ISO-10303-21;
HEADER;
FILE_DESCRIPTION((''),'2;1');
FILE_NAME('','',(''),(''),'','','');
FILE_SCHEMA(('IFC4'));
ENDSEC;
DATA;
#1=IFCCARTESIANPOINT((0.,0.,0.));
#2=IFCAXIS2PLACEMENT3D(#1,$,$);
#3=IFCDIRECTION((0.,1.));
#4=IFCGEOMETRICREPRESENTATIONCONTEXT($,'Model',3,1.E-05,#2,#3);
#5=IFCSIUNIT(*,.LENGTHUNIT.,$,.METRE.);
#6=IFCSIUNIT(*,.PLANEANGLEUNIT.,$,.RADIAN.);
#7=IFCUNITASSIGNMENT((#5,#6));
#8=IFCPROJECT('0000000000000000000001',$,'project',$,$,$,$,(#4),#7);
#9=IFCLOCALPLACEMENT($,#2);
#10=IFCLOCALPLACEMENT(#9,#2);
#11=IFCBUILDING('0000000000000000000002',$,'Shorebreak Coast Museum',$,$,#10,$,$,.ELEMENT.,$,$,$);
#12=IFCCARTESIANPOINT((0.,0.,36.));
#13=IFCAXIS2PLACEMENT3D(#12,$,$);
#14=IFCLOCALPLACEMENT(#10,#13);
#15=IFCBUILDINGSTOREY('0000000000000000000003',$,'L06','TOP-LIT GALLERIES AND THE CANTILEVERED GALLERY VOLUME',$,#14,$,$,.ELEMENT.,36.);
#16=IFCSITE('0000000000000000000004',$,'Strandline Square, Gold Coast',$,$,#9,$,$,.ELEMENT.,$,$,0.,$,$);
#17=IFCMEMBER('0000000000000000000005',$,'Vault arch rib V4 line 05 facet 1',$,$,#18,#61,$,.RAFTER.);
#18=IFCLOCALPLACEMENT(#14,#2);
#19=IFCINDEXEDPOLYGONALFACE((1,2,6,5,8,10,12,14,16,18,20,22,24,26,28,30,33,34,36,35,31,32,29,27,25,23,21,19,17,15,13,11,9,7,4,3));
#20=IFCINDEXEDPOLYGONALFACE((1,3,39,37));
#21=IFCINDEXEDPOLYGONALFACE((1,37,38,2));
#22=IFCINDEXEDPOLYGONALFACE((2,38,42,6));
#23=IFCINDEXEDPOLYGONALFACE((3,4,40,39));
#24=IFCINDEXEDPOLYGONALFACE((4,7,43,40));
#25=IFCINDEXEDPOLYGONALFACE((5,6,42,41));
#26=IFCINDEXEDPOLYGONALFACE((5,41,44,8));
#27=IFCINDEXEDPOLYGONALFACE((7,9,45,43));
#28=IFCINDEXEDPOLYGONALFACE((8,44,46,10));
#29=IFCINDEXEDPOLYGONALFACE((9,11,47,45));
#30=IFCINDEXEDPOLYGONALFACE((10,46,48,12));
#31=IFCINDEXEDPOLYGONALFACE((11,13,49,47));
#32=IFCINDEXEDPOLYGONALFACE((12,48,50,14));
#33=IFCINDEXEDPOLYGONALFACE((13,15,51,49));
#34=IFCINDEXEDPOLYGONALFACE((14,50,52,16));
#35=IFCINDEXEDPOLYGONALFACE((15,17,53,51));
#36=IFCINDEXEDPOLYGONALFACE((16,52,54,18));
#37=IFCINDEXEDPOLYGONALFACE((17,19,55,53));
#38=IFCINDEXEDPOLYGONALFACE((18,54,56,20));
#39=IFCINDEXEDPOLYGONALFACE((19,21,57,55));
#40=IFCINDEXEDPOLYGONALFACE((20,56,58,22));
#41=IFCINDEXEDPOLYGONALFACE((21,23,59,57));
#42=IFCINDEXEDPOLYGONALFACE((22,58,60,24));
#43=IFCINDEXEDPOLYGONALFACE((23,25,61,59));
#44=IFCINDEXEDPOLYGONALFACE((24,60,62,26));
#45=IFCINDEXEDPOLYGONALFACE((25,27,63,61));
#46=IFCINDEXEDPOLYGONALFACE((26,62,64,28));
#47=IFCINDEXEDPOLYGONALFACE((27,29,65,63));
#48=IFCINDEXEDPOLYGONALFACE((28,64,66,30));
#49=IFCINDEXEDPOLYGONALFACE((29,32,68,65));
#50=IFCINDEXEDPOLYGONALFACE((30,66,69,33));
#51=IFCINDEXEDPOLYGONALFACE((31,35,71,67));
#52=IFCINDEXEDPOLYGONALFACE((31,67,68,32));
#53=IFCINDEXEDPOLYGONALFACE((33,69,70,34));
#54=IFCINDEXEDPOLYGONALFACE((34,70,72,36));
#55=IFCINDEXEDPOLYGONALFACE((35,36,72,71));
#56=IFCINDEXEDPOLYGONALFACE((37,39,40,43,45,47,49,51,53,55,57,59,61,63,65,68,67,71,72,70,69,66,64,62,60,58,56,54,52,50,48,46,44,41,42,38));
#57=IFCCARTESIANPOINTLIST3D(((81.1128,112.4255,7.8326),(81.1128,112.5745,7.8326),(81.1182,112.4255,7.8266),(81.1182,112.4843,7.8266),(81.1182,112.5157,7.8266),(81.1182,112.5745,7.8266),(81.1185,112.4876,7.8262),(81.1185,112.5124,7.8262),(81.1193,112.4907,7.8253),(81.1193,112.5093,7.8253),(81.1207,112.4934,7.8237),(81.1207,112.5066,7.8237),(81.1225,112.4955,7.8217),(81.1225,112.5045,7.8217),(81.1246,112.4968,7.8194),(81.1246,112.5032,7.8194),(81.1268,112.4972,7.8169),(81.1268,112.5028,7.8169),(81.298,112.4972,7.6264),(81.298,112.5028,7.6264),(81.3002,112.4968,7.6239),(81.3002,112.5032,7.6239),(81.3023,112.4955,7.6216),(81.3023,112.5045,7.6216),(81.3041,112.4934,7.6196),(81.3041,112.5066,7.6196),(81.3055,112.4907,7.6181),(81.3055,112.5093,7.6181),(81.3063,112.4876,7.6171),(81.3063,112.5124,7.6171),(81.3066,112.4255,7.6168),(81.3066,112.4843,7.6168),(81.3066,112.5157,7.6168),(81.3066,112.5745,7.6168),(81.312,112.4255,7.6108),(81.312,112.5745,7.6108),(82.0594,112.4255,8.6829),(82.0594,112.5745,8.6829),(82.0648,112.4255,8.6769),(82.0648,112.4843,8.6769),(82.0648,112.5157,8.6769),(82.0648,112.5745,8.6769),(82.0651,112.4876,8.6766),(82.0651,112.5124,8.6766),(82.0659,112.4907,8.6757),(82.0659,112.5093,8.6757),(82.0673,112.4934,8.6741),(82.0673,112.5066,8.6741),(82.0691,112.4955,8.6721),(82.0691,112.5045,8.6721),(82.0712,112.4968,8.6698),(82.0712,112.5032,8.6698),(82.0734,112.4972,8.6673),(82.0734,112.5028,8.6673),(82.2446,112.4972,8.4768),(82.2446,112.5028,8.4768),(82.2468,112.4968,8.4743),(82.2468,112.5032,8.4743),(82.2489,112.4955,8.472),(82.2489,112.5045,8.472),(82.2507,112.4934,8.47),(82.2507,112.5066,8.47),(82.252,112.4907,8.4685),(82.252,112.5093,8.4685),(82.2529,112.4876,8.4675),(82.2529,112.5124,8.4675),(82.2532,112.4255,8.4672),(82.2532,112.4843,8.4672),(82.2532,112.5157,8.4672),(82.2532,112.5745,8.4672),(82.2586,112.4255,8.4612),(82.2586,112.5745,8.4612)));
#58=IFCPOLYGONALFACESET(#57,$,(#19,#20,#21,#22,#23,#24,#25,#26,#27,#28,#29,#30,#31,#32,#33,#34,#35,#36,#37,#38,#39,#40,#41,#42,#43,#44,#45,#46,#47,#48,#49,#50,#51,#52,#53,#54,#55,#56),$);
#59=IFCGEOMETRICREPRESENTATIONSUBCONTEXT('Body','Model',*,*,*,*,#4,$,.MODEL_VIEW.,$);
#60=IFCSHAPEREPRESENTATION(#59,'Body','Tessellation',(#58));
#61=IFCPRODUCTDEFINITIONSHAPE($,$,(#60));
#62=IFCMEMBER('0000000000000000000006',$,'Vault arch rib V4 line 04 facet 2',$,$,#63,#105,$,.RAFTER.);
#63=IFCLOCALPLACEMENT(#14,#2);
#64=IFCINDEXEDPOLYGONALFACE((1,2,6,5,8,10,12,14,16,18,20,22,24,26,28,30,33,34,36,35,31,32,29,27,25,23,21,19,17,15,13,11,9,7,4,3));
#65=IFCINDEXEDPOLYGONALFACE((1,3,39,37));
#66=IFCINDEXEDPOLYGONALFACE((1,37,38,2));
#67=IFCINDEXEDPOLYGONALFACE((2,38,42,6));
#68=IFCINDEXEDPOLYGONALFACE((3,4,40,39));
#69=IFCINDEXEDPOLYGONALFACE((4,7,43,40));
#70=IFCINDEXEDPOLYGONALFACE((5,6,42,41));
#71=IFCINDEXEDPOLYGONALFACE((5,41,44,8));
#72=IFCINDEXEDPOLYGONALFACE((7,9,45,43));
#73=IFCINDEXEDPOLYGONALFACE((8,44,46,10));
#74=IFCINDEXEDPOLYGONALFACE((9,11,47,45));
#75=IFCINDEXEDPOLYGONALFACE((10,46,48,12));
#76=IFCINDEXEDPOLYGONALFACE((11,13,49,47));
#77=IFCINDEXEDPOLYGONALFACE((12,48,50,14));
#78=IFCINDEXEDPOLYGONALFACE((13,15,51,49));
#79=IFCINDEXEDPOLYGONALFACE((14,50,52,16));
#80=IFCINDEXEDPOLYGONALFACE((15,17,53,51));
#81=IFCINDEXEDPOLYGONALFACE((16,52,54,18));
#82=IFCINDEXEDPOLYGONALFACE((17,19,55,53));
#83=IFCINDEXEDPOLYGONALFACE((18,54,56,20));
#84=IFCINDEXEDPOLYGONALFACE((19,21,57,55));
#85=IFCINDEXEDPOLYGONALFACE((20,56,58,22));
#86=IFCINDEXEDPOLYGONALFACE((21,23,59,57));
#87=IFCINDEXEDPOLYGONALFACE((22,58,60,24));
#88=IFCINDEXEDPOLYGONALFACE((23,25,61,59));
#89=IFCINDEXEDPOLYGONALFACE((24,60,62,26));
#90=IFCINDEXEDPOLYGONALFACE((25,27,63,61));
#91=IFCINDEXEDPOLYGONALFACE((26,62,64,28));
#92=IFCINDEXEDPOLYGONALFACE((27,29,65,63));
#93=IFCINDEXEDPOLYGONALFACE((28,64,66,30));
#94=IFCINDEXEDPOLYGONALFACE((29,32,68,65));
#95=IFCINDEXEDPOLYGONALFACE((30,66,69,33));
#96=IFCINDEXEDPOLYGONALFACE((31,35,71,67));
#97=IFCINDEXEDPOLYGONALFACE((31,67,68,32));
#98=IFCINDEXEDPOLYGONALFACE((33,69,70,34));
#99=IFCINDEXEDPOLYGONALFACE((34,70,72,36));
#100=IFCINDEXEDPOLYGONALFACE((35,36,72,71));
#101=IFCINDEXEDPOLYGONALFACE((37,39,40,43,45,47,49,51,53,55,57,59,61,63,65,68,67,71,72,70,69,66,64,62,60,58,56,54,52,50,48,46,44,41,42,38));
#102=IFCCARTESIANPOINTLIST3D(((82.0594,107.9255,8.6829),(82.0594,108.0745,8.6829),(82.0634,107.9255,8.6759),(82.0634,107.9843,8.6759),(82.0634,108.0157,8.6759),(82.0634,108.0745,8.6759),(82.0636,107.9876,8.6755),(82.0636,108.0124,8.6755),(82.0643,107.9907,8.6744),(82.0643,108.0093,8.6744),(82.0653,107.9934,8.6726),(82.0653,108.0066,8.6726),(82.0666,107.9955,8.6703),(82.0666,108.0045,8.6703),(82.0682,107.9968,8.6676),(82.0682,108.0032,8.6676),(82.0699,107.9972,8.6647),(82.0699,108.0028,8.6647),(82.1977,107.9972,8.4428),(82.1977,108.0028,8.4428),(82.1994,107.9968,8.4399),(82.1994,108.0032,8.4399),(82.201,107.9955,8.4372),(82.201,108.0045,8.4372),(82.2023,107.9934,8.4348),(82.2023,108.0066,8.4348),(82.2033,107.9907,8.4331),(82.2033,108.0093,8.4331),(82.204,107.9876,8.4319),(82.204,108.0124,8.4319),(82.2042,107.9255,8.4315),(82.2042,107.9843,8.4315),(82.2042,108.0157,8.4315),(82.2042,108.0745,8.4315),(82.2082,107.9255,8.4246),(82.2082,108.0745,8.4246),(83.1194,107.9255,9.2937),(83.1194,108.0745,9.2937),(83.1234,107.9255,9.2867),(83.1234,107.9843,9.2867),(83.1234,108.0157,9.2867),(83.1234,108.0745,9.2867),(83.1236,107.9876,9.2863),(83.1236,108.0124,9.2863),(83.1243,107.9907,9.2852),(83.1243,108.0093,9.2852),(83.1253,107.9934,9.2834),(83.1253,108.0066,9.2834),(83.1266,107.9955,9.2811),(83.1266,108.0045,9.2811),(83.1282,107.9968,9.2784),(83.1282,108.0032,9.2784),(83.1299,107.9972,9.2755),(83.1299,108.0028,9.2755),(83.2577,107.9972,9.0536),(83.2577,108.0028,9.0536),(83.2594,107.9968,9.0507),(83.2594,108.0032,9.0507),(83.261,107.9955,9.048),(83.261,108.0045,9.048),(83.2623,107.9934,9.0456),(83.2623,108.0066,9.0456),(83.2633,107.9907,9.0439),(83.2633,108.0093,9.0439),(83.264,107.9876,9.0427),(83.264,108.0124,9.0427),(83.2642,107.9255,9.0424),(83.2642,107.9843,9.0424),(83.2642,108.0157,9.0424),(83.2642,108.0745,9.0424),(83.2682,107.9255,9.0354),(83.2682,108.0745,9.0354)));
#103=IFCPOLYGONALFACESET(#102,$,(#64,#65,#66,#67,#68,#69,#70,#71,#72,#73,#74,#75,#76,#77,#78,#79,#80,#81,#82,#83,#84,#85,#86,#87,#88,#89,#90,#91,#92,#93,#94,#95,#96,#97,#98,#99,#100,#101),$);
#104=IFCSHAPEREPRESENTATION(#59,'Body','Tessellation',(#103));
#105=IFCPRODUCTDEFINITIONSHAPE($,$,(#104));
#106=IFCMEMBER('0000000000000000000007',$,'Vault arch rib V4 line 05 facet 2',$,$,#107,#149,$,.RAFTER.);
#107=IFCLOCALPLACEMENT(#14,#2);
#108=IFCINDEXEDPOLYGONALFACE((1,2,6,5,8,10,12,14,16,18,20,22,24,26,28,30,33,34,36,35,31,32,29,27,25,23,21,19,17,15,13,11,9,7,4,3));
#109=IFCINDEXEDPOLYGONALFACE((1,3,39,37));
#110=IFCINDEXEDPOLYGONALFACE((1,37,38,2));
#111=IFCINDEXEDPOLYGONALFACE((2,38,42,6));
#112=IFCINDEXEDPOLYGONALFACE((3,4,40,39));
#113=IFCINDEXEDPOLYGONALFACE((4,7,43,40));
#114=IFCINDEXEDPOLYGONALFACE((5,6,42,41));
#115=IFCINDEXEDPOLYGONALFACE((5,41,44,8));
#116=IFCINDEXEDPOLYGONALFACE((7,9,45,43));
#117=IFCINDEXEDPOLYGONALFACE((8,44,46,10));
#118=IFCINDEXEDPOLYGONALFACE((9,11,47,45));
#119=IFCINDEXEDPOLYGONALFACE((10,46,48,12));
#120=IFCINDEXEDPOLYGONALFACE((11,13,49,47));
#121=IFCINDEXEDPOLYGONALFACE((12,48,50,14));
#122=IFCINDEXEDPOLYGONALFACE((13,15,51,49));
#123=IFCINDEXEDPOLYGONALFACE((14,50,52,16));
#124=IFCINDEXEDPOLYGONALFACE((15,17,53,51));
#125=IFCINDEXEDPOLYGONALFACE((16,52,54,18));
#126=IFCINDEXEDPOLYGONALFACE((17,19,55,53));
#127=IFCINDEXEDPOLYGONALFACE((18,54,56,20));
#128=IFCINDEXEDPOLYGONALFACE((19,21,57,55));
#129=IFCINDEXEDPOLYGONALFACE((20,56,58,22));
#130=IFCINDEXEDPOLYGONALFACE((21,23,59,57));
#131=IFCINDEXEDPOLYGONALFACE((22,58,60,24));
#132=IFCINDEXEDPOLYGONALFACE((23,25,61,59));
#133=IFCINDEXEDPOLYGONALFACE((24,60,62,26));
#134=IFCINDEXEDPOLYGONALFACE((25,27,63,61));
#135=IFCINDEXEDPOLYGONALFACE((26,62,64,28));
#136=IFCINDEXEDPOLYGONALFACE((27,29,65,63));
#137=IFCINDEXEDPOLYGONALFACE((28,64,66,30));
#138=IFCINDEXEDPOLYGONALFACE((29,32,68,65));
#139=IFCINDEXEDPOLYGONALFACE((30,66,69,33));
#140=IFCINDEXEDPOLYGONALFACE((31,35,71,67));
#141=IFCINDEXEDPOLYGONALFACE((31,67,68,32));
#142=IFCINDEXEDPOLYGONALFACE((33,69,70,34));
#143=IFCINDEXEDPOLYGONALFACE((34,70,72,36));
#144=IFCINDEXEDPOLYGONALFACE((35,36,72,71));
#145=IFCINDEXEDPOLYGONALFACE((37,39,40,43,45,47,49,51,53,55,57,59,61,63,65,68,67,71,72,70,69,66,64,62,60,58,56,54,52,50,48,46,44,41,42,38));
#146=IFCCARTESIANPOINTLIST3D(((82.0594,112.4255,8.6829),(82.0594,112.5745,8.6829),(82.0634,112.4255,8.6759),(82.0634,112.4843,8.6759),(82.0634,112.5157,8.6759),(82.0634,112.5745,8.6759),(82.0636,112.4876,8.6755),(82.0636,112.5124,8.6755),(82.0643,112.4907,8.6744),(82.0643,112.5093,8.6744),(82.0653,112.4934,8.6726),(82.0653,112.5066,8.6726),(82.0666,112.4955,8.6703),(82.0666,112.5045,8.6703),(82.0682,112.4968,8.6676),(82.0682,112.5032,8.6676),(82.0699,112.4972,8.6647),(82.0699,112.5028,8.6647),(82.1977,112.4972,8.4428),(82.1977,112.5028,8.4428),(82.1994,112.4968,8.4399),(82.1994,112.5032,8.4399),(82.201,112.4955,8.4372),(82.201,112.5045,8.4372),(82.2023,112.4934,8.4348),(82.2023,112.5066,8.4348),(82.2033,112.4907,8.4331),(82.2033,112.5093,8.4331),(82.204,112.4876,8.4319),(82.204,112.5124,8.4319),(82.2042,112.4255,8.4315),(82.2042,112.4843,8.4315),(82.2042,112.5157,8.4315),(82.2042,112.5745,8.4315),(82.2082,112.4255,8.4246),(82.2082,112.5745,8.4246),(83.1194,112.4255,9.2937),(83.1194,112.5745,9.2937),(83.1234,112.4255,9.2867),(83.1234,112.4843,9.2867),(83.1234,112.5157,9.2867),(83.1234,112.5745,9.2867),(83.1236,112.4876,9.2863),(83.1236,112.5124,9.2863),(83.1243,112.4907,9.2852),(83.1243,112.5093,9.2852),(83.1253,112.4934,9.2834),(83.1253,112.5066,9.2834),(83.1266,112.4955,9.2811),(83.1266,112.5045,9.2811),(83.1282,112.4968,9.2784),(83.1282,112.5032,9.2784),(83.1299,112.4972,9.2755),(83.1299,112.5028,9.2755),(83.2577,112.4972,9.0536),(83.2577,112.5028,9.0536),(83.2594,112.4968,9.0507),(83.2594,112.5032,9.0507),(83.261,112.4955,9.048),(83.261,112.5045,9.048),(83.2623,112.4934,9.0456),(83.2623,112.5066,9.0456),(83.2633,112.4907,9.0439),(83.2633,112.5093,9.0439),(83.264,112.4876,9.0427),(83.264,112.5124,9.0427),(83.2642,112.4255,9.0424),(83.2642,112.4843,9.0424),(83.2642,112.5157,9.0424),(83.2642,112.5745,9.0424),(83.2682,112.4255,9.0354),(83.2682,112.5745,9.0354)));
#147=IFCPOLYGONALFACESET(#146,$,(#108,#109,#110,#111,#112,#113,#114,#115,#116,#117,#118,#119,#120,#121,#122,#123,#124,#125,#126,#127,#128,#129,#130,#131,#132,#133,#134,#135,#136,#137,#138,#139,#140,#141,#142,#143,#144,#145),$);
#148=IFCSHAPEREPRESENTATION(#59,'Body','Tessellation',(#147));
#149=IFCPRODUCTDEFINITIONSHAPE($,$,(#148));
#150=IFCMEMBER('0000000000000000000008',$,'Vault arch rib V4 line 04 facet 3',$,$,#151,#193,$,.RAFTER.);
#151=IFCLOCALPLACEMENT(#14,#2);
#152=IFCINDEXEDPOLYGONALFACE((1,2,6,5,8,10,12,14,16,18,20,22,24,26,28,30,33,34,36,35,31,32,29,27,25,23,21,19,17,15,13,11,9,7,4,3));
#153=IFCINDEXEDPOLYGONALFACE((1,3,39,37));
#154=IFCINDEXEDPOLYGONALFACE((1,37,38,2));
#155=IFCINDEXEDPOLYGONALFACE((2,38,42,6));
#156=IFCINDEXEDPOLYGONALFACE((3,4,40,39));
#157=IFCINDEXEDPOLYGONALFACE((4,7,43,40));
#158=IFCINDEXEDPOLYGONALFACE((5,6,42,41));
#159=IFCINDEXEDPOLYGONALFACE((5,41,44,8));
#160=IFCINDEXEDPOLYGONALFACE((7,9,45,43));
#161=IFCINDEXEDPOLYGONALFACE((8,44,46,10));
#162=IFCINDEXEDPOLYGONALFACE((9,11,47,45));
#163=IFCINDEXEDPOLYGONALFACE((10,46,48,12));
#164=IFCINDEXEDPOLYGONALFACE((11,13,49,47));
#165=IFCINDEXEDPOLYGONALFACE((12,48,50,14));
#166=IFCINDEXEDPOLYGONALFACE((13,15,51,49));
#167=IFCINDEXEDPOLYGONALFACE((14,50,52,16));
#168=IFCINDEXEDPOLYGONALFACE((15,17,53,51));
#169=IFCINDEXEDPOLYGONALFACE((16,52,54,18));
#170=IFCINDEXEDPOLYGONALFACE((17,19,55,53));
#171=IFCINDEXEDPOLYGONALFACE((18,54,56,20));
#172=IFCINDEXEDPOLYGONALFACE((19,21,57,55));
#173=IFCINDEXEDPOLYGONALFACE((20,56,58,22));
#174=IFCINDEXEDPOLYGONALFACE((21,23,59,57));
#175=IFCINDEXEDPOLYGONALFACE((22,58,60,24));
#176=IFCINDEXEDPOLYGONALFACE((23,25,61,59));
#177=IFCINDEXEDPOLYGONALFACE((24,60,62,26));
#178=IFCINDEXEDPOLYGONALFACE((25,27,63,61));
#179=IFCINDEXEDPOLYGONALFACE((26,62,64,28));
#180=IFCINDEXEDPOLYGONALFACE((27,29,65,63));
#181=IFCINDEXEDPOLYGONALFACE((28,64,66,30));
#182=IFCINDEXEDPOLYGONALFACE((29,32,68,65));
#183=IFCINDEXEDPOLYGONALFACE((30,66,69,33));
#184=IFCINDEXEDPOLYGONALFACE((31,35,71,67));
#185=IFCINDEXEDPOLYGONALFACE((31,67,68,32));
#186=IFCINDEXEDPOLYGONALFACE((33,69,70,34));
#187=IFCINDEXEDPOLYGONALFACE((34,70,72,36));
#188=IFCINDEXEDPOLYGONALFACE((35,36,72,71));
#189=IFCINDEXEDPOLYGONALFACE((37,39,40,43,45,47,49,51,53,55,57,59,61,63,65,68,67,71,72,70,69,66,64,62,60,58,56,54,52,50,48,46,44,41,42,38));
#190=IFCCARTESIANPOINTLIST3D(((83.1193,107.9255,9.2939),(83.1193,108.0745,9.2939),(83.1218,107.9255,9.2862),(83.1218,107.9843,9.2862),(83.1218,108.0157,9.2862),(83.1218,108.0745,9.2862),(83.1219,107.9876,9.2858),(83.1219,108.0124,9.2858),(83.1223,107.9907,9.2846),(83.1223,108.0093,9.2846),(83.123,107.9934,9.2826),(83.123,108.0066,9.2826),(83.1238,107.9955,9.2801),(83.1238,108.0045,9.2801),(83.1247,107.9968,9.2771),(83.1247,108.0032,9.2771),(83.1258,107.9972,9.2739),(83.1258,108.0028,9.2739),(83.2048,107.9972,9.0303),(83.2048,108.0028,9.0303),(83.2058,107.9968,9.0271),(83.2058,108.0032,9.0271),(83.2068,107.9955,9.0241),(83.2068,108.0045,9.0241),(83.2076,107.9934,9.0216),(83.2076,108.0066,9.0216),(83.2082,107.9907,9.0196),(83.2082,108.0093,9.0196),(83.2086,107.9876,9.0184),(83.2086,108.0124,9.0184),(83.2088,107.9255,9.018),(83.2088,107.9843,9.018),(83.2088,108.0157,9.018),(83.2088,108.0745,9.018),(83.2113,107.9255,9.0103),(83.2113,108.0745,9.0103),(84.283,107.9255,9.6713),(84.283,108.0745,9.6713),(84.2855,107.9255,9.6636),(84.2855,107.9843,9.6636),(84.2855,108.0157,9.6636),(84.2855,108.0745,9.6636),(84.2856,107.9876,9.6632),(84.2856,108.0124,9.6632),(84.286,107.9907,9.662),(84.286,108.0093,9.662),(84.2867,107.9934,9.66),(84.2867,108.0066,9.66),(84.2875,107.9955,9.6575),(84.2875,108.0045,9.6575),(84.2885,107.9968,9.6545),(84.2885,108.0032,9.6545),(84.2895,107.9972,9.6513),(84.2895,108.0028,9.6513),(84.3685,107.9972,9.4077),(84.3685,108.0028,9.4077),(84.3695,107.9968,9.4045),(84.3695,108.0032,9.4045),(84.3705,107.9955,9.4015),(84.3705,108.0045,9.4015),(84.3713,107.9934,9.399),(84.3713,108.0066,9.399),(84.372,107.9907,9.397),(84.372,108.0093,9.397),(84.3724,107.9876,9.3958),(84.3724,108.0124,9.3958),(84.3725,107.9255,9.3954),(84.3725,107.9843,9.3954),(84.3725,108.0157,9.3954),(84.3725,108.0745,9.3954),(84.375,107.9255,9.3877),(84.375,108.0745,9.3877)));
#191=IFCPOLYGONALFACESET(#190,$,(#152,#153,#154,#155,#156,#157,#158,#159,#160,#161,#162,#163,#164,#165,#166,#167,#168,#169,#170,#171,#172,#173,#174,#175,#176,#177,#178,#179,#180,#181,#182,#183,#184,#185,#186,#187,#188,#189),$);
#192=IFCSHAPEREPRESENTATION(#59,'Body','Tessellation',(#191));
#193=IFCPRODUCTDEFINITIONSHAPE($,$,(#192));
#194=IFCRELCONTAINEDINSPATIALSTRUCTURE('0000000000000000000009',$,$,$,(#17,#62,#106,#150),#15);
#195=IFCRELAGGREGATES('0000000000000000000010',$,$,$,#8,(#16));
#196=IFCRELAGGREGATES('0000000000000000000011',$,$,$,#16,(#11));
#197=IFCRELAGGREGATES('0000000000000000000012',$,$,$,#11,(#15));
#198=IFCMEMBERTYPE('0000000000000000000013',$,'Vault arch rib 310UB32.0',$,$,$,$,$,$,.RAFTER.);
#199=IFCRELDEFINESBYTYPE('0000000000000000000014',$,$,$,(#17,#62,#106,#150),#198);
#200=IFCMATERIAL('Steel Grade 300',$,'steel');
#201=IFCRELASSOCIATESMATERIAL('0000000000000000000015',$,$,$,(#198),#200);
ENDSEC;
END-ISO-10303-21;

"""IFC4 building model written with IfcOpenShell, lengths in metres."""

from ifc_helpers import new_model, si_unit, direction, frame, origin, origin_2d, place, context, subcontext, project, spatial, i_section, extrude, material, material_profile, profile_set, type_object, element, save


model = new_model("IFC4")

# Units and contexts
model_context = context("Model", 3, precision=1e-05, world=origin(), true_north=direction((0.0, 1.0)))
body_context = subcontext(model_context, "Body", "Model", "MODEL_VIEW")
ifc_project = project(units=[si_unit("LENGTHUNIT", "METRE"), si_unit("PLANEANGLEUNIT", "RADIAN")], contexts=[model_context])

# Site, building, storey
site_placement = place(None, origin())
site = spatial("IfcSite", under=ifc_project, at=site_placement, Name="Strandline Square, Gold Coast", CompositionType="ELEMENT", RefElevation=0.0)
building_placement = place(site_placement, origin())
building = spatial("IfcBuilding", under=site, at=building_placement, Name="Shorebreak Coast Museum", CompositionType="ELEMENT")
storey_placement = place(building_placement, frame((0.0, 0.0, 36.0)))
storey = spatial("IfcBuildingStorey", under=building, at=storey_placement, Name="L06", Description="TOP-LIT GALLERIES AND THE CANTILEVERED GALLERY VOLUME", CompositionType="ELEMENT", Elevation=36.0)

# Members
ifc_material_1 = material(Name="Steel Grade 300", Category="steel")
ifc_material_profile_1 = material_profile(ifc_material_1, i_section(OverallWidth=0.1489, OverallDepth=0.2981, WebThickness=0.0056, FlangeThickness=0.0081, FilletRadius=0.0129, at=origin_2d()), Name="310UB32.0")
ifc_profile_set_1 = profile_set([ifc_material_profile_1], Name="Steel Grade 300")
member_type_1 = type_object("IfcMemberType", Name="Vault arch rib 310UB32.0", PredefinedType="RAFTER", material=ifc_profile_set_1)
for number, where, z_axis, x_axis, name in (
    (1, (81.2124, 112.5, 7.7217), (0.743895, 0.0, 0.668297), (0.0, 1.0, 0.0), "Vault arch rib V4 line 05 facet 1"),
):
    element("IfcMember", number, at=place(storey_placement, frame(where, z_axis=z_axis, x_axis=x_axis)), inside=storey, type_object=member_type_1, Name=name, PredefinedType="RAFTER", context=body_context, shape_type="SweptSolid", body=[
        extrude(i_section(OverallWidth=0.1489, OverallDepth=0.2981, WebThickness=0.0056, FlangeThickness=0.0081, FilletRadius=0.0129, at=origin_2d()), origin(), (0.0, 0.0, 1.0), 1.2725),
    ])
for number, where, z_axis, x_axis, name in (
    (2, (82.1338, 108.0, 8.5537), (0.866445, 0.0, 0.499273), (0.0, 1.0, 0.0), "Vault arch rib V4 line 04 facet 2"),
    (3, (82.1338, 112.5, 8.5537), (0.866445, 0.0, 0.499273), (0.0, 1.0, 0.0), "Vault arch rib V4 line 05 facet 2"),
    (4, (83.1653, 108.0, 9.1521), (0.951226, 0.0, 0.308495), (0.0, 1.0, 0.0), "Vault arch rib V4 line 04 facet 3"),
):
    element("IfcMember", number, at=place(storey_placement, frame(where, z_axis=z_axis, x_axis=x_axis)), inside=storey, type_object=member_type_1, Name=name, PredefinedType="RAFTER", context=body_context, shape_type="SweptSolid", body=[
        extrude(i_section(OverallWidth=0.1489, OverallDepth=0.2981, WebThickness=0.0056, FlangeThickness=0.0081, FilletRadius=0.0129, at=origin_2d()), origin(), (0.0, 0.0, 1.0), 1.2234),
    ])

save(model, "model.ifc")
